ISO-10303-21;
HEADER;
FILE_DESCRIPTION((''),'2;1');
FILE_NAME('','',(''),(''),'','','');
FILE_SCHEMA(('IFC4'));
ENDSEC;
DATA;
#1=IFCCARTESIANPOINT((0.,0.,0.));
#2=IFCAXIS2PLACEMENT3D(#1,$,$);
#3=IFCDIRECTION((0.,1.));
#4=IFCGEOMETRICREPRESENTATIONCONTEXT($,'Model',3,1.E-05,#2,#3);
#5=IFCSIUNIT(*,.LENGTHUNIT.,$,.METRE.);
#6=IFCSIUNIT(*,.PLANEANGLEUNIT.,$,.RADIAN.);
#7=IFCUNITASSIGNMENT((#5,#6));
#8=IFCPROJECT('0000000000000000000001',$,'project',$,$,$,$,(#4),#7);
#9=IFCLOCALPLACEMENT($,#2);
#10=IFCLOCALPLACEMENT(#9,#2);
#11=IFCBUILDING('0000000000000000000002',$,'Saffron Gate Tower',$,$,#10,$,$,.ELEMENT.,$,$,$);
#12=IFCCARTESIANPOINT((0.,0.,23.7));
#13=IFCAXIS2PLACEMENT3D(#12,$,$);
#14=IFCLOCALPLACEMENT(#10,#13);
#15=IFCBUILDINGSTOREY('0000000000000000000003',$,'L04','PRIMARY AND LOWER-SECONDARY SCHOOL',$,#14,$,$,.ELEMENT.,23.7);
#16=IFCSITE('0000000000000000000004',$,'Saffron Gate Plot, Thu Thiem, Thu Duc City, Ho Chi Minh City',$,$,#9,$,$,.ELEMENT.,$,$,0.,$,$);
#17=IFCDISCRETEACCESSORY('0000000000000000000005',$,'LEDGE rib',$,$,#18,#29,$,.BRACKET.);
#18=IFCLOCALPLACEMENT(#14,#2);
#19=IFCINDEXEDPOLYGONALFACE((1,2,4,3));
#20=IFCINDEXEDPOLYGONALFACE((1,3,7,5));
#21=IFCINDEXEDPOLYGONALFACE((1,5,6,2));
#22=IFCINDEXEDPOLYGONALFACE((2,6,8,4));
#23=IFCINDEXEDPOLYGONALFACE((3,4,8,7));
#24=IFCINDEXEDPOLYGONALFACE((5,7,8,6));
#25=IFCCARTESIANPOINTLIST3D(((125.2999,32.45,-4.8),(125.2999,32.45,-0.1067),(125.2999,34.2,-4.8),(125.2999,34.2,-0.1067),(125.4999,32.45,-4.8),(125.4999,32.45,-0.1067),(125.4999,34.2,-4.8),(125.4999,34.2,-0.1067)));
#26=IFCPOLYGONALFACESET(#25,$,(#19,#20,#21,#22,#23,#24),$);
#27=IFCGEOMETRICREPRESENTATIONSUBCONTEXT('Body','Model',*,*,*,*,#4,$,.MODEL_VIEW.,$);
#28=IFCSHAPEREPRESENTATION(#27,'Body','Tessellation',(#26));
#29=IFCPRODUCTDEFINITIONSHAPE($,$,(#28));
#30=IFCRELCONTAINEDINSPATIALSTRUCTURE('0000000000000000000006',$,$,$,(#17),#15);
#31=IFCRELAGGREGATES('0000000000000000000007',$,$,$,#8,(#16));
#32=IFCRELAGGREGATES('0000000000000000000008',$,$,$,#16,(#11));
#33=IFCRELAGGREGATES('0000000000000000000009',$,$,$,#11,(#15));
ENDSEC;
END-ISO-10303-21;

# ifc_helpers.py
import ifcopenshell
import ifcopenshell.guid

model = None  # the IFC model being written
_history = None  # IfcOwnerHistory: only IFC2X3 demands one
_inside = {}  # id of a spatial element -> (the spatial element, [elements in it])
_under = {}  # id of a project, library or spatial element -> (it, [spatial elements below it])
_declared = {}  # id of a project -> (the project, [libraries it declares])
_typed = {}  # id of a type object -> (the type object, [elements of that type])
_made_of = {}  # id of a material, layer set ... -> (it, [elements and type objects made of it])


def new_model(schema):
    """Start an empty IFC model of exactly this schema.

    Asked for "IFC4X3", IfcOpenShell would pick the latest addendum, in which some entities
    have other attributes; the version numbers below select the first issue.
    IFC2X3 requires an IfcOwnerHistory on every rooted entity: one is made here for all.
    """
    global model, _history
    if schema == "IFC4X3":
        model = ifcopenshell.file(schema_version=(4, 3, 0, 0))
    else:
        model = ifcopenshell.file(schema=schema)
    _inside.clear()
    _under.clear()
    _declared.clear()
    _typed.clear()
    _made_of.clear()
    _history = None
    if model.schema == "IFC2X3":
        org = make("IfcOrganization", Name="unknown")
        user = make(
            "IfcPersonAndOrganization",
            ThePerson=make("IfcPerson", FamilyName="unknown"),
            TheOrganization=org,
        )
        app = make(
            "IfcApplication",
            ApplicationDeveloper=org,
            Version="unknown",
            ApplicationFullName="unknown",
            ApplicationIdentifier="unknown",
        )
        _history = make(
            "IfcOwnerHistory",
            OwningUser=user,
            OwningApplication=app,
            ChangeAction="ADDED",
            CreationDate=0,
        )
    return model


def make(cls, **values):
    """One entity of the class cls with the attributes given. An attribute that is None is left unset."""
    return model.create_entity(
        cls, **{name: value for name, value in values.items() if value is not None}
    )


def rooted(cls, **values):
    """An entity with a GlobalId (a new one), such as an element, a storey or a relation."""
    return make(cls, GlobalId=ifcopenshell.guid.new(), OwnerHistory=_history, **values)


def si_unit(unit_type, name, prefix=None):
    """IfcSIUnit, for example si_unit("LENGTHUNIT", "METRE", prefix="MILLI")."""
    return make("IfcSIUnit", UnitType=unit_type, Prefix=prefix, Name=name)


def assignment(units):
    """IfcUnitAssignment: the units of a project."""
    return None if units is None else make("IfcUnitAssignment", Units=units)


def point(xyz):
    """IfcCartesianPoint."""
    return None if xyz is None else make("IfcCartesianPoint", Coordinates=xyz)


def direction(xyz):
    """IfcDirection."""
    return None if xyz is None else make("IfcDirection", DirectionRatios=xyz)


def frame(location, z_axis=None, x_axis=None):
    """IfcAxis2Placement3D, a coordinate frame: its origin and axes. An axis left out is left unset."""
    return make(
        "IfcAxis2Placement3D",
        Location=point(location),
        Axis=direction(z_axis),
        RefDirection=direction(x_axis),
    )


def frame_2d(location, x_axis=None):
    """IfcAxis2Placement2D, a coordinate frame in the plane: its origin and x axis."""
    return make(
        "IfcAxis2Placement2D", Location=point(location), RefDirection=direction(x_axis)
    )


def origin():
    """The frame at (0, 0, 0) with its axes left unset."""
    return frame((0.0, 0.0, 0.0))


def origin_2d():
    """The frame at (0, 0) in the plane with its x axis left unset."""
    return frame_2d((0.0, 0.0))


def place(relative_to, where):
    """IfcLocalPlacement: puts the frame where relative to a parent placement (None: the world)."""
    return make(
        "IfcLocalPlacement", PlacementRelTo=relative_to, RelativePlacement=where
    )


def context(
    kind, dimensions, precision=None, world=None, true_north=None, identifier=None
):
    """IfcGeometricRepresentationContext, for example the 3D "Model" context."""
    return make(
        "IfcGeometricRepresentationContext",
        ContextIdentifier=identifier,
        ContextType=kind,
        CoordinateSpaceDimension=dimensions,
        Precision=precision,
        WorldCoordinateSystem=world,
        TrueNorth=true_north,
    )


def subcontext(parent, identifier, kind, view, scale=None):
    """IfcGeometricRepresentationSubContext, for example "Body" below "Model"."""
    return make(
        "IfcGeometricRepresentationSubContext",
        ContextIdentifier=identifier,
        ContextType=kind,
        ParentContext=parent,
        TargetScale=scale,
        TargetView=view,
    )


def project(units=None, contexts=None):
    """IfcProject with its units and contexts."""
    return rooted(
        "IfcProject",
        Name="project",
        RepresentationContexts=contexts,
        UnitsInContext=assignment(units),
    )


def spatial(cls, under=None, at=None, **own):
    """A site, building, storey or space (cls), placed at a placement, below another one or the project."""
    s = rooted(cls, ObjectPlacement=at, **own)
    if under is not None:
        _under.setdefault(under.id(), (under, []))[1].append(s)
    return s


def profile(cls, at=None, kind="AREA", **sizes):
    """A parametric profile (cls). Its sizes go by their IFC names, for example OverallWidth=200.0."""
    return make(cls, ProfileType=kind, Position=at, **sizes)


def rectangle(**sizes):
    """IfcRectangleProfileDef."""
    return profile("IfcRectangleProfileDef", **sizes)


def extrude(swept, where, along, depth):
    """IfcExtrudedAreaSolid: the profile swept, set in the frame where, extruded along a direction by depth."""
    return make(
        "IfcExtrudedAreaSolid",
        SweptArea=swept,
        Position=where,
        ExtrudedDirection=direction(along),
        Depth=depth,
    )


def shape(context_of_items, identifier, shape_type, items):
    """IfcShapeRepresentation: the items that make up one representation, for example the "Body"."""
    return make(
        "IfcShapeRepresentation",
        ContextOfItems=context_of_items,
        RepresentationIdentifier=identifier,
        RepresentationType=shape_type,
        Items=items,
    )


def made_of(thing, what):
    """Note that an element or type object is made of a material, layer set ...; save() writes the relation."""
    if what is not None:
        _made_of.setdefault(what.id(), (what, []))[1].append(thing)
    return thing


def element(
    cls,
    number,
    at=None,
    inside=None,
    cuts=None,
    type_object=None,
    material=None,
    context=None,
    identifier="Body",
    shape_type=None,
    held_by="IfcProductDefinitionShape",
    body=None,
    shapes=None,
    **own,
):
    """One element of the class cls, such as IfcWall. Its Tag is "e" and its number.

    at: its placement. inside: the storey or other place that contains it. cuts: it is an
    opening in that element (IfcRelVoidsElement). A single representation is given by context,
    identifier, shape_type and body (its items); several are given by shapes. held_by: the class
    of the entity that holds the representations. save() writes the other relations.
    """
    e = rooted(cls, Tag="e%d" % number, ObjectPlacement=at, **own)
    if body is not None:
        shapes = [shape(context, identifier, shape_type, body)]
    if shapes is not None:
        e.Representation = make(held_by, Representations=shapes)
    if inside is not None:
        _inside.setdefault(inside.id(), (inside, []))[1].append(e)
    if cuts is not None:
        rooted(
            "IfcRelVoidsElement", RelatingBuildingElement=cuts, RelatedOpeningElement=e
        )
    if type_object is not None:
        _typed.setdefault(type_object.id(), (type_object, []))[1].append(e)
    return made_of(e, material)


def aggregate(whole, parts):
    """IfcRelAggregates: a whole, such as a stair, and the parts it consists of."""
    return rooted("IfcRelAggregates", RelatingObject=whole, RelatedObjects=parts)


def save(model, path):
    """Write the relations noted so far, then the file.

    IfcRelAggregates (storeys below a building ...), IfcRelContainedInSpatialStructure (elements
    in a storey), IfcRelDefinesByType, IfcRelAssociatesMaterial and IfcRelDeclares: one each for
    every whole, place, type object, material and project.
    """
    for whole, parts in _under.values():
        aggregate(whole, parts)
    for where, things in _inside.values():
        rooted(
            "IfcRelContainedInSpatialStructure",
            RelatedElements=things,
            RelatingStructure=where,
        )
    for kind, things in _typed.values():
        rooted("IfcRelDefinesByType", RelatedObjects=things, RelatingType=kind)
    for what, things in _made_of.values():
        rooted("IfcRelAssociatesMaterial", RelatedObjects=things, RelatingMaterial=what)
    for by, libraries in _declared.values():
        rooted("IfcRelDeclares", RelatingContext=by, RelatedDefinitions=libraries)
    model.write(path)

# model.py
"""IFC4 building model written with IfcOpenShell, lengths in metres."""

from ifc_helpers import new_model, si_unit, direction, frame, origin, origin_2d, place, context, subcontext, project, spatial, rectangle, extrude, element, save


model = new_model("IFC4")

# Units and contexts
model_context = context("Model", 3, precision=1e-05, world=origin(), true_north=direction((0.0, 1.0)))
body_context = subcontext(model_context, "Body", "Model", "MODEL_VIEW")
ifc_project = project(units=[si_unit("LENGTHUNIT", "METRE"), si_unit("PLANEANGLEUNIT", "RADIAN")], contexts=[model_context])

# Site, building, storey
site_placement = place(None, origin())
site = spatial("IfcSite", under=ifc_project, at=site_placement, Name="Saffron Gate Plot, Thu Thiem, Thu Duc City, Ho Chi Minh City", CompositionType="ELEMENT", RefElevation=0.0)
building_placement = place(site_placement, origin())
building = spatial("IfcBuilding", under=site, at=building_placement, Name="Saffron Gate Tower", CompositionType="ELEMENT")
storey_placement = place(building_placement, frame((0.0, 0.0, 23.7)))
storey = spatial("IfcBuildingStorey", under=building, at=storey_placement, Name="L04", Description="PRIMARY AND LOWER-SECONDARY SCHOOL", CompositionType="ELEMENT", Elevation=23.7)

# Discrete accessory
discrete_accessory_1_placement = place(storey_placement, frame((125.3999, 33.325, -4.8), z_axis=(0.0, 0.0, 1.0), x_axis=(1.0, 0.0, 0.0)))
element("IfcDiscreteAccessory", 1, at=discrete_accessory_1_placement, inside=storey, Name="LEDGE rib", PredefinedType="BRACKET", context=body_context, shape_type="SweptSolid", body=[
    extrude(rectangle(XDim=0.2, YDim=1.75, at=origin_2d()), origin(), (0.0, 0.0, 1.0), 4.6934),
])

save(model, "model.ifc")
